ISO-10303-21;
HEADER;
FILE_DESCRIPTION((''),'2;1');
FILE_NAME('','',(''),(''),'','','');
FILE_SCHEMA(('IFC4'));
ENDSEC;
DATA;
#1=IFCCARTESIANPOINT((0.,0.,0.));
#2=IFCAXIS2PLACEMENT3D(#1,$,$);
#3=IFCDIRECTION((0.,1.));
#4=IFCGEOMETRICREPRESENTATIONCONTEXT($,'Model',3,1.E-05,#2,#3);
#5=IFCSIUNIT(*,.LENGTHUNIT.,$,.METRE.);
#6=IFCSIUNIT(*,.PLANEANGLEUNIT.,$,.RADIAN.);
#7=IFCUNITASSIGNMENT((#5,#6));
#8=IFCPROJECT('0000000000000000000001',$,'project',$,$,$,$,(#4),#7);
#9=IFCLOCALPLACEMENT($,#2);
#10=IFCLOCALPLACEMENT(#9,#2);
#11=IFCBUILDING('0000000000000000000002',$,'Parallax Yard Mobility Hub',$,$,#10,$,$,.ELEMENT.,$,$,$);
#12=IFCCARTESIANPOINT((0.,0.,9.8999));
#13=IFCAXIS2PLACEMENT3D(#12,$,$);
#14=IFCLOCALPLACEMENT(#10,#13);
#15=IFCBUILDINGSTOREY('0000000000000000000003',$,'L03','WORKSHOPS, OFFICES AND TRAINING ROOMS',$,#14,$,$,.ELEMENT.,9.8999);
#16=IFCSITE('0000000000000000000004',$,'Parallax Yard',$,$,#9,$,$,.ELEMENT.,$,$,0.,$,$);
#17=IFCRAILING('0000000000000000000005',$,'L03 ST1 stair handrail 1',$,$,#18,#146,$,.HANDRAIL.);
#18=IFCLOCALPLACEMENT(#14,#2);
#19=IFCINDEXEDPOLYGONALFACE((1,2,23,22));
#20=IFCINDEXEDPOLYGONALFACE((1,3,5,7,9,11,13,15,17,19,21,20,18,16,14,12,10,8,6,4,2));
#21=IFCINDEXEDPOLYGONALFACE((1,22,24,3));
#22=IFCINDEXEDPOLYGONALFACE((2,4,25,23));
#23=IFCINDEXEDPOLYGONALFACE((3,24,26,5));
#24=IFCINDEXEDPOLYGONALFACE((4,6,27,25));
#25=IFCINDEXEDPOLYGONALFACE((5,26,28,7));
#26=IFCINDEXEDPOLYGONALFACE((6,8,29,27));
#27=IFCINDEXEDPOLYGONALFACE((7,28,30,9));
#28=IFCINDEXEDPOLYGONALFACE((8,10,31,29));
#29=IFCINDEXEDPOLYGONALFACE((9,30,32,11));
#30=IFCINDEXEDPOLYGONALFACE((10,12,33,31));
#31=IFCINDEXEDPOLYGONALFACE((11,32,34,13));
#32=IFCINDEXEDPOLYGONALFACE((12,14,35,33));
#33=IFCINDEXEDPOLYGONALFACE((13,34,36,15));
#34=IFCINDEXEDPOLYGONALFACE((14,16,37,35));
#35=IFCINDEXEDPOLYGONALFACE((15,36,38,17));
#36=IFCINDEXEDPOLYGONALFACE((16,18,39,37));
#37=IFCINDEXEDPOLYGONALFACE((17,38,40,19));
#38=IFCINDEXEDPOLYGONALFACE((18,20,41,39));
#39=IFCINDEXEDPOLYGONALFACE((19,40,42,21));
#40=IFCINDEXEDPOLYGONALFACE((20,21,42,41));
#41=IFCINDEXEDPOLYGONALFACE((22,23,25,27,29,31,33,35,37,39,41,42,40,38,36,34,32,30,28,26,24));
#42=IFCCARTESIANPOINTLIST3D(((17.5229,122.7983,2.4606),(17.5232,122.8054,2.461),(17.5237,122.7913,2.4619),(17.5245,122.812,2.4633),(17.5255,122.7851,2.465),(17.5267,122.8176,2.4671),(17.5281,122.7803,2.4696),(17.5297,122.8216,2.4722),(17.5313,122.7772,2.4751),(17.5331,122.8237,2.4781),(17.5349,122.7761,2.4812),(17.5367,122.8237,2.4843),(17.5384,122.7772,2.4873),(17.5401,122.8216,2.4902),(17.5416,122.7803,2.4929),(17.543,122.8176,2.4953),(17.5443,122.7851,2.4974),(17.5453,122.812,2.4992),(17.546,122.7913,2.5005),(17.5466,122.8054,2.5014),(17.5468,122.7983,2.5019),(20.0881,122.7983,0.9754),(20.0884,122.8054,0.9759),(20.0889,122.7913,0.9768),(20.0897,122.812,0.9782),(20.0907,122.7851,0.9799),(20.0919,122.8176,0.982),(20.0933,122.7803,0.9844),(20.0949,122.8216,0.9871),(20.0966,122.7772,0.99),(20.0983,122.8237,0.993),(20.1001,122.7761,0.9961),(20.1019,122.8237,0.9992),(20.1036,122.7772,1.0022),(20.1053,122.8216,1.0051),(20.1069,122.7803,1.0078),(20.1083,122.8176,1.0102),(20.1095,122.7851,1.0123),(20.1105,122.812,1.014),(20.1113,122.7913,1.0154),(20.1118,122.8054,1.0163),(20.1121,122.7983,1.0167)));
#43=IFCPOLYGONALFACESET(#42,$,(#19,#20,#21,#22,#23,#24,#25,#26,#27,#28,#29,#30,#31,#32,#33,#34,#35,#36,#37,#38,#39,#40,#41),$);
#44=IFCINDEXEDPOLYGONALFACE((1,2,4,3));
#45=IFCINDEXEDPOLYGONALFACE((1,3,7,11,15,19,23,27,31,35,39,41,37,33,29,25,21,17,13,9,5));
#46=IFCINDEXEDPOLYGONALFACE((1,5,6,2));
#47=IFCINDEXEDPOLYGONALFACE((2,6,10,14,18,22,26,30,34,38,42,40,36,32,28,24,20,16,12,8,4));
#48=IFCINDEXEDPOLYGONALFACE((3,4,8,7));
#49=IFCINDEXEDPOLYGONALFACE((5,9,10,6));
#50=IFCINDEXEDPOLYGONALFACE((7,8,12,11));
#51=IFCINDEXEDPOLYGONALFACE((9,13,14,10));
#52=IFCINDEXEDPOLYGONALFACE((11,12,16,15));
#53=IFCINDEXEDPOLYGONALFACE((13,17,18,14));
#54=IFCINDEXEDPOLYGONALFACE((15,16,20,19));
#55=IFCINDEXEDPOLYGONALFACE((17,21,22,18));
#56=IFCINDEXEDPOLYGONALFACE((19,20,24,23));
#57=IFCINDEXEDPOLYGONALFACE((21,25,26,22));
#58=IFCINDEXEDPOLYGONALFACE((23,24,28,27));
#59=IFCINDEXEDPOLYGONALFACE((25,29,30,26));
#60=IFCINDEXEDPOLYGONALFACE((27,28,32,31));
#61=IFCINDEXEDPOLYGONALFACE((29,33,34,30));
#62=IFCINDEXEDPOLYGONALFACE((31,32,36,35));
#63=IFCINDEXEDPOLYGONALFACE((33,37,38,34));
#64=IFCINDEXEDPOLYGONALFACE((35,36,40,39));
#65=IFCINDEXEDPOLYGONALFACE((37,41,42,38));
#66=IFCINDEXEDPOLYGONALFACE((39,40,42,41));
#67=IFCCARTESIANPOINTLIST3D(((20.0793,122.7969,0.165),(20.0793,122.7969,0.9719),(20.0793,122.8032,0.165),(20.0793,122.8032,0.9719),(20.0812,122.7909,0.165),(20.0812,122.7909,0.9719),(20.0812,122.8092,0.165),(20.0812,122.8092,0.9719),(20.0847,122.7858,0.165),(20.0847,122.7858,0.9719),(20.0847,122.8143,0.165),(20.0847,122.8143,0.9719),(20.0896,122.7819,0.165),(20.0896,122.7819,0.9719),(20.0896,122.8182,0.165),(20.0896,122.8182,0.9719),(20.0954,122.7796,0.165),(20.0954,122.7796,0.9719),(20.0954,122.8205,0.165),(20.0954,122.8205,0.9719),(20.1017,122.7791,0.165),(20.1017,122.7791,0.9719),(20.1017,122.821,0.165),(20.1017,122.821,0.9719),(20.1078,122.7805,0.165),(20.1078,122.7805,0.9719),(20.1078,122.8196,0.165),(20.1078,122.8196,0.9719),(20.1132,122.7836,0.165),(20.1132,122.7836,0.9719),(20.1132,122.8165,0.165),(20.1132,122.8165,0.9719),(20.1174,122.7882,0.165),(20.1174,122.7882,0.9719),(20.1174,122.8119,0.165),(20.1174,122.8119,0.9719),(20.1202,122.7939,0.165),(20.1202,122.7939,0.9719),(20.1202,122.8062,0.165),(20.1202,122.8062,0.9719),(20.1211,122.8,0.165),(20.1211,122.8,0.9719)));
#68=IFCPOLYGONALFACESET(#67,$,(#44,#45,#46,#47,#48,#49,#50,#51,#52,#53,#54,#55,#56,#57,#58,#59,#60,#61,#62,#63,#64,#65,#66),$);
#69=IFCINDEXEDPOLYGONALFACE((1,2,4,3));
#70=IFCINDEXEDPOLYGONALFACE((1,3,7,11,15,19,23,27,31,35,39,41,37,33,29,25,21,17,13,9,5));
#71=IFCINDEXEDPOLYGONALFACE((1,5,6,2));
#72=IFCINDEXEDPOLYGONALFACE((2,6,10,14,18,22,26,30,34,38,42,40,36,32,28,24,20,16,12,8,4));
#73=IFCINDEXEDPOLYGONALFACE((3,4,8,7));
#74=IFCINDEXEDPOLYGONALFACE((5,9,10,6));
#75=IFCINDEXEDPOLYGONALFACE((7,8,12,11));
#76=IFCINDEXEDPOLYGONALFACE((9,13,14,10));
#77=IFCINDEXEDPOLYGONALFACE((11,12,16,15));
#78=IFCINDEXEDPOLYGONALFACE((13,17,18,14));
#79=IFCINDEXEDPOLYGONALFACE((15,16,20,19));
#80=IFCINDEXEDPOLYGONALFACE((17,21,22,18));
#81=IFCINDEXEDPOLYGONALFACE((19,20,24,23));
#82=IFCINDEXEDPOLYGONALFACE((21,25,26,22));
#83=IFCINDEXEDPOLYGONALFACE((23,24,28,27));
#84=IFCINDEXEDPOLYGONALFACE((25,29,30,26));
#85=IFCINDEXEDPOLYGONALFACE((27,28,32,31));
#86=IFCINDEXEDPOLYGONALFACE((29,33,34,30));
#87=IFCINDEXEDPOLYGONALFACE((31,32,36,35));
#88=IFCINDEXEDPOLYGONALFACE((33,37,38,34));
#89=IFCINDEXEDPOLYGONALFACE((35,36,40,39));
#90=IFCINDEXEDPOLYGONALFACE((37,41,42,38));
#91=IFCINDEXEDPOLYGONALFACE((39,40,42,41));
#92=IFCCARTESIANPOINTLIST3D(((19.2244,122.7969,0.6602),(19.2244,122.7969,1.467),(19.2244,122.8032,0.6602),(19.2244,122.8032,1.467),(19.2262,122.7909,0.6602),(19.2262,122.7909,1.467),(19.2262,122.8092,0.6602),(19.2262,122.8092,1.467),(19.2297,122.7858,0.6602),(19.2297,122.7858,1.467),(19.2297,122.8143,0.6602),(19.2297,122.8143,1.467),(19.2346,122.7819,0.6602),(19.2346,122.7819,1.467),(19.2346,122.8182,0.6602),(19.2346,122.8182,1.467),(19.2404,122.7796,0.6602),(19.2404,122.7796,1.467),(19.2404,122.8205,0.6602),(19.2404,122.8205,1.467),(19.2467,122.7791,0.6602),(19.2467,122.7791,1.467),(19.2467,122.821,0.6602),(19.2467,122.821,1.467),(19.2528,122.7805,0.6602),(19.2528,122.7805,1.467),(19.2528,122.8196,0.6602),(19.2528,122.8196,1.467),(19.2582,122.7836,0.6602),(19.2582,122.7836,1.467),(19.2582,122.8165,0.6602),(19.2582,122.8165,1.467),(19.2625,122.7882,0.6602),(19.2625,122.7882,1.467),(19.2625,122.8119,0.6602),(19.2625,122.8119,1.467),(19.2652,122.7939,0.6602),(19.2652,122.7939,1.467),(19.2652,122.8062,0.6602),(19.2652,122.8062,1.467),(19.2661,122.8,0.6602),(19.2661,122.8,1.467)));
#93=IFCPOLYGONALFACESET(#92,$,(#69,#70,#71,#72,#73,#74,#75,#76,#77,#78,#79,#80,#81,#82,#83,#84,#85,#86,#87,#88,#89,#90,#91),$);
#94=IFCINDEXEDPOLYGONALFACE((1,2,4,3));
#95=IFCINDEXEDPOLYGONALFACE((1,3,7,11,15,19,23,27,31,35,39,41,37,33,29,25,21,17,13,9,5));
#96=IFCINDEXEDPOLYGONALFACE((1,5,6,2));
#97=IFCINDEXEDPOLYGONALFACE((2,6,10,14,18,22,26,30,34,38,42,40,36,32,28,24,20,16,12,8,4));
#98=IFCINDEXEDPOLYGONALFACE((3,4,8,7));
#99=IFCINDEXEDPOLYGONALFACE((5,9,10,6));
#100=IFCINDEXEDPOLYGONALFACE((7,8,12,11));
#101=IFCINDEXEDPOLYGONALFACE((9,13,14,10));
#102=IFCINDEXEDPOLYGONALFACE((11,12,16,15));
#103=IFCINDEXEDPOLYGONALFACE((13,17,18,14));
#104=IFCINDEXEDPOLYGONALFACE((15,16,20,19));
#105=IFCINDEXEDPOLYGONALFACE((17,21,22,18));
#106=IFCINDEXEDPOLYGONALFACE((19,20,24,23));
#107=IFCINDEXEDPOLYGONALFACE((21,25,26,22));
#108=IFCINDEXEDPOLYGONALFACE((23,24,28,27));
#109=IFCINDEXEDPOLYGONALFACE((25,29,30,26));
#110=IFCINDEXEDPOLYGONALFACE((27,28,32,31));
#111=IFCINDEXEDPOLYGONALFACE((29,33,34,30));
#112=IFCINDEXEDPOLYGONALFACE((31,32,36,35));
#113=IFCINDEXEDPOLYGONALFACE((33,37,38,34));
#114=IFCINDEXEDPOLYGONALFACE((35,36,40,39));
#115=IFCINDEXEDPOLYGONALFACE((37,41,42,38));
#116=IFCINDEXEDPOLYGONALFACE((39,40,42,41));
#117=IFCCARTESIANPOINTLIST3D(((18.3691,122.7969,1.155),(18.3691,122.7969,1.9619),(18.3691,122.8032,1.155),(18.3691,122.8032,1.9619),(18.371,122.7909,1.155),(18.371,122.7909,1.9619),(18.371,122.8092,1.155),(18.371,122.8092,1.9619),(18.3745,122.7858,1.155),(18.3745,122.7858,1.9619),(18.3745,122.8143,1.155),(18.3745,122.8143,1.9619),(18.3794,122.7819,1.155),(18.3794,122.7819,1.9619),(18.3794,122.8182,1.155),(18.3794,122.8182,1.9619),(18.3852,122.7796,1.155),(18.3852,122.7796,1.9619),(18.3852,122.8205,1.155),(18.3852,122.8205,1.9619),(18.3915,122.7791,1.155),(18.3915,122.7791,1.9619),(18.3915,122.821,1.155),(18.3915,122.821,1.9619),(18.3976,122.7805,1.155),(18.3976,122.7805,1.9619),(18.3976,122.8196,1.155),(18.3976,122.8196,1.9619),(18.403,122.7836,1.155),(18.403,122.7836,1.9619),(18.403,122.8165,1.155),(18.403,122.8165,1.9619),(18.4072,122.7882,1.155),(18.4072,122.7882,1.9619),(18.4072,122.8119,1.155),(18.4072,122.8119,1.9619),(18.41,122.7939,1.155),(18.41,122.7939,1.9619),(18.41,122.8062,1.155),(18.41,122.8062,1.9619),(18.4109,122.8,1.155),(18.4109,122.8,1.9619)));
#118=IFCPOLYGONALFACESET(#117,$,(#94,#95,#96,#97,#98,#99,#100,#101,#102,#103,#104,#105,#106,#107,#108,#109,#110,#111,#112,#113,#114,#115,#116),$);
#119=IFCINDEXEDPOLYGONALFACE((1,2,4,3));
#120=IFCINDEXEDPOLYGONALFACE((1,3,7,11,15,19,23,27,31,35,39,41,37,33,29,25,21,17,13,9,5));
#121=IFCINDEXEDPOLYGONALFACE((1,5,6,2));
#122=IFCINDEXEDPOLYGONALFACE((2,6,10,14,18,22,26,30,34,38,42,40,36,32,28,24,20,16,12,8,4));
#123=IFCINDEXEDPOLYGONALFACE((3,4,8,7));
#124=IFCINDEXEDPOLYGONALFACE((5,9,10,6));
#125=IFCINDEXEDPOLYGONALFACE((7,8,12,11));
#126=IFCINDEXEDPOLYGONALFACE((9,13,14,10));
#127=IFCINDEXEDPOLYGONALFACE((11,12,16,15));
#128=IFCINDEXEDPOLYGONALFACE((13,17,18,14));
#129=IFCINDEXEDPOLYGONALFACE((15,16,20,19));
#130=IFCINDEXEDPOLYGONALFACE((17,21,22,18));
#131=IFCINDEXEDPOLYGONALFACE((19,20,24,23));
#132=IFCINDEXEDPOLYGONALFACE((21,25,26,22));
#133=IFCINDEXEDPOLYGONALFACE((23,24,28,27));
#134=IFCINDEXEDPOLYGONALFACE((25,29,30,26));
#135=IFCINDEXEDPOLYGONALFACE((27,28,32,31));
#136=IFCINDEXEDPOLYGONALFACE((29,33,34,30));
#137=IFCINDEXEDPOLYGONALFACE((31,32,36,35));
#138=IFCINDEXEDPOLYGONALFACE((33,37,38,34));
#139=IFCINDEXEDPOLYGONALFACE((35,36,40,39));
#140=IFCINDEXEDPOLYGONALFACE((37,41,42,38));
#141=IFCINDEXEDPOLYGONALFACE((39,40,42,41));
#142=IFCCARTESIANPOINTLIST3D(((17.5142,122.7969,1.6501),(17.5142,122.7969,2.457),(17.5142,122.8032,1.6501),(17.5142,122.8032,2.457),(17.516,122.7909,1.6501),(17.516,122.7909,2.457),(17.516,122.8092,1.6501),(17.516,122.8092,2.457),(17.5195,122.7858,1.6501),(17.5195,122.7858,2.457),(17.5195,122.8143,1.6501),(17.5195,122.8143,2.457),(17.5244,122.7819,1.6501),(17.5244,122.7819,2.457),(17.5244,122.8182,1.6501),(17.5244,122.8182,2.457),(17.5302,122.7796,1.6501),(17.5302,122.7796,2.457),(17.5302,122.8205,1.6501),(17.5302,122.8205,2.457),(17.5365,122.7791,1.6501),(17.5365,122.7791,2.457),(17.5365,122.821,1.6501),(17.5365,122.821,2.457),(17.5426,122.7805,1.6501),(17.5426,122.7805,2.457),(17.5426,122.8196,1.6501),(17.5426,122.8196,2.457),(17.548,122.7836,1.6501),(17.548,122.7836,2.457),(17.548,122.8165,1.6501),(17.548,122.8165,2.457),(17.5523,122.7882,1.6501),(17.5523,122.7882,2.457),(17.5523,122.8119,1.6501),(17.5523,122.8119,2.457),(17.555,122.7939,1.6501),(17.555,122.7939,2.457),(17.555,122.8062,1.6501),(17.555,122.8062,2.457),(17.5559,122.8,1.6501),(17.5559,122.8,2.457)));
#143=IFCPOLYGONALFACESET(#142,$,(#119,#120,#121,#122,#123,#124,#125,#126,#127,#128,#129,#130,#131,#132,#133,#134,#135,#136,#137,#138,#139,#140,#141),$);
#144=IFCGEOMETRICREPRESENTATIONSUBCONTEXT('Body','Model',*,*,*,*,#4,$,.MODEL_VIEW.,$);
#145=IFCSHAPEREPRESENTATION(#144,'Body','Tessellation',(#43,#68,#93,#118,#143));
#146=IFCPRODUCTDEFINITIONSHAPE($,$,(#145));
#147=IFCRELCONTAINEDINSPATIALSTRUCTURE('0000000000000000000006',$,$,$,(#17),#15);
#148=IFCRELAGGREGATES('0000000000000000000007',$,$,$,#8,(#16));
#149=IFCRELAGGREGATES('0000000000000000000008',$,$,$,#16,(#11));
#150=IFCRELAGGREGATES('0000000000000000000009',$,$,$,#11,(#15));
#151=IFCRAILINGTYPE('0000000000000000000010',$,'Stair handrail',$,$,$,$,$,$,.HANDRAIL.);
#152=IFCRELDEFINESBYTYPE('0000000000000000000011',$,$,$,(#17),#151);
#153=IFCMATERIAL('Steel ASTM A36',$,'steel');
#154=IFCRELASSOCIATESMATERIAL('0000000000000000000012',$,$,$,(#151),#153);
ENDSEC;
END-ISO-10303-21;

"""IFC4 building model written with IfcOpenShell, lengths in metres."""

from ifc_helpers import new_model, si_unit, direction, frame, origin, origin_2d, place, context, subcontext, project, spatial, circle, extrude, material, type_object, element, save


model = new_model("IFC4")

# Units and contexts
model_context = context("Model", 3, precision=1e-05, world=origin(), true_north=direction((0.0, 1.0)))
body_context = subcontext(model_context, "Body", "Model", "MODEL_VIEW")
ifc_project = project(units=[si_unit("LENGTHUNIT", "METRE"), si_unit("PLANEANGLEUNIT", "RADIAN")], contexts=[model_context])

# Site, building, storey
site_placement = place(None, origin())
site = spatial("IfcSite", under=ifc_project, at=site_placement, Name="Parallax Yard", CompositionType="ELEMENT", RefElevation=0.0)
building_placement = place(site_placement, origin())
building = spatial("IfcBuilding", under=site, at=building_placement, Name="Parallax Yard Mobility Hub", CompositionType="ELEMENT")
storey_placement = place(building_placement, frame((0.0, 0.0, 9.8999)))
storey = spatial("IfcBuildingStorey", under=building, at=storey_placement, Name="L03", Description="WORKSHOPS, OFFICES AND TRAINING ROOMS", CompositionType="ELEMENT", Elevation=9.8999)

# Railing
ifc_material_1 = material(Name="Steel ASTM A36", Category="steel")
railing_type_1 = type_object("IfcRailingType", Name="Stair handrail", PredefinedType="HANDRAIL", material=ifc_material_1)
railing_1_placement = place(storey_placement, frame((20.1001, 122.8, 0.165)))
element("IfcRailing", 1, at=railing_1_placement, inside=storey, type_object=railing_type_1, Name="L03 ST1 stair handrail 1", PredefinedType="HANDRAIL", context=body_context, shape_type="SweptSolid", body=[
    extrude(circle(Radius=0.0239, at=origin_2d()), frame((0.0, 0.0, 0.8311), z_axis=(-0.865426, 0.0, 0.501036), x_axis=(0.0, -1.0, 0.0)), (0.0, 0.0, 1.0), 2.9641),
    extrude(circle(Radius=0.021, at=origin_2d()), origin(), (0.0, 0.0, 1.0), 0.8069),
    extrude(circle(Radius=0.021, at=origin_2d()), frame((-0.855, 0.0, 0.4951)), (0.0, 0.0, 1.0), 0.8069),
    extrude(circle(Radius=0.021, at=origin_2d()), frame((-1.7102, 0.0, 0.99)), (0.0, 0.0, 1.0), 0.8069),
    extrude(circle(Radius=0.021, at=origin_2d()), frame((-2.5652, 0.0, 1.4851)), (0.0, 0.0, 1.0), 0.8069),
])

save(model, "model.ifc")
